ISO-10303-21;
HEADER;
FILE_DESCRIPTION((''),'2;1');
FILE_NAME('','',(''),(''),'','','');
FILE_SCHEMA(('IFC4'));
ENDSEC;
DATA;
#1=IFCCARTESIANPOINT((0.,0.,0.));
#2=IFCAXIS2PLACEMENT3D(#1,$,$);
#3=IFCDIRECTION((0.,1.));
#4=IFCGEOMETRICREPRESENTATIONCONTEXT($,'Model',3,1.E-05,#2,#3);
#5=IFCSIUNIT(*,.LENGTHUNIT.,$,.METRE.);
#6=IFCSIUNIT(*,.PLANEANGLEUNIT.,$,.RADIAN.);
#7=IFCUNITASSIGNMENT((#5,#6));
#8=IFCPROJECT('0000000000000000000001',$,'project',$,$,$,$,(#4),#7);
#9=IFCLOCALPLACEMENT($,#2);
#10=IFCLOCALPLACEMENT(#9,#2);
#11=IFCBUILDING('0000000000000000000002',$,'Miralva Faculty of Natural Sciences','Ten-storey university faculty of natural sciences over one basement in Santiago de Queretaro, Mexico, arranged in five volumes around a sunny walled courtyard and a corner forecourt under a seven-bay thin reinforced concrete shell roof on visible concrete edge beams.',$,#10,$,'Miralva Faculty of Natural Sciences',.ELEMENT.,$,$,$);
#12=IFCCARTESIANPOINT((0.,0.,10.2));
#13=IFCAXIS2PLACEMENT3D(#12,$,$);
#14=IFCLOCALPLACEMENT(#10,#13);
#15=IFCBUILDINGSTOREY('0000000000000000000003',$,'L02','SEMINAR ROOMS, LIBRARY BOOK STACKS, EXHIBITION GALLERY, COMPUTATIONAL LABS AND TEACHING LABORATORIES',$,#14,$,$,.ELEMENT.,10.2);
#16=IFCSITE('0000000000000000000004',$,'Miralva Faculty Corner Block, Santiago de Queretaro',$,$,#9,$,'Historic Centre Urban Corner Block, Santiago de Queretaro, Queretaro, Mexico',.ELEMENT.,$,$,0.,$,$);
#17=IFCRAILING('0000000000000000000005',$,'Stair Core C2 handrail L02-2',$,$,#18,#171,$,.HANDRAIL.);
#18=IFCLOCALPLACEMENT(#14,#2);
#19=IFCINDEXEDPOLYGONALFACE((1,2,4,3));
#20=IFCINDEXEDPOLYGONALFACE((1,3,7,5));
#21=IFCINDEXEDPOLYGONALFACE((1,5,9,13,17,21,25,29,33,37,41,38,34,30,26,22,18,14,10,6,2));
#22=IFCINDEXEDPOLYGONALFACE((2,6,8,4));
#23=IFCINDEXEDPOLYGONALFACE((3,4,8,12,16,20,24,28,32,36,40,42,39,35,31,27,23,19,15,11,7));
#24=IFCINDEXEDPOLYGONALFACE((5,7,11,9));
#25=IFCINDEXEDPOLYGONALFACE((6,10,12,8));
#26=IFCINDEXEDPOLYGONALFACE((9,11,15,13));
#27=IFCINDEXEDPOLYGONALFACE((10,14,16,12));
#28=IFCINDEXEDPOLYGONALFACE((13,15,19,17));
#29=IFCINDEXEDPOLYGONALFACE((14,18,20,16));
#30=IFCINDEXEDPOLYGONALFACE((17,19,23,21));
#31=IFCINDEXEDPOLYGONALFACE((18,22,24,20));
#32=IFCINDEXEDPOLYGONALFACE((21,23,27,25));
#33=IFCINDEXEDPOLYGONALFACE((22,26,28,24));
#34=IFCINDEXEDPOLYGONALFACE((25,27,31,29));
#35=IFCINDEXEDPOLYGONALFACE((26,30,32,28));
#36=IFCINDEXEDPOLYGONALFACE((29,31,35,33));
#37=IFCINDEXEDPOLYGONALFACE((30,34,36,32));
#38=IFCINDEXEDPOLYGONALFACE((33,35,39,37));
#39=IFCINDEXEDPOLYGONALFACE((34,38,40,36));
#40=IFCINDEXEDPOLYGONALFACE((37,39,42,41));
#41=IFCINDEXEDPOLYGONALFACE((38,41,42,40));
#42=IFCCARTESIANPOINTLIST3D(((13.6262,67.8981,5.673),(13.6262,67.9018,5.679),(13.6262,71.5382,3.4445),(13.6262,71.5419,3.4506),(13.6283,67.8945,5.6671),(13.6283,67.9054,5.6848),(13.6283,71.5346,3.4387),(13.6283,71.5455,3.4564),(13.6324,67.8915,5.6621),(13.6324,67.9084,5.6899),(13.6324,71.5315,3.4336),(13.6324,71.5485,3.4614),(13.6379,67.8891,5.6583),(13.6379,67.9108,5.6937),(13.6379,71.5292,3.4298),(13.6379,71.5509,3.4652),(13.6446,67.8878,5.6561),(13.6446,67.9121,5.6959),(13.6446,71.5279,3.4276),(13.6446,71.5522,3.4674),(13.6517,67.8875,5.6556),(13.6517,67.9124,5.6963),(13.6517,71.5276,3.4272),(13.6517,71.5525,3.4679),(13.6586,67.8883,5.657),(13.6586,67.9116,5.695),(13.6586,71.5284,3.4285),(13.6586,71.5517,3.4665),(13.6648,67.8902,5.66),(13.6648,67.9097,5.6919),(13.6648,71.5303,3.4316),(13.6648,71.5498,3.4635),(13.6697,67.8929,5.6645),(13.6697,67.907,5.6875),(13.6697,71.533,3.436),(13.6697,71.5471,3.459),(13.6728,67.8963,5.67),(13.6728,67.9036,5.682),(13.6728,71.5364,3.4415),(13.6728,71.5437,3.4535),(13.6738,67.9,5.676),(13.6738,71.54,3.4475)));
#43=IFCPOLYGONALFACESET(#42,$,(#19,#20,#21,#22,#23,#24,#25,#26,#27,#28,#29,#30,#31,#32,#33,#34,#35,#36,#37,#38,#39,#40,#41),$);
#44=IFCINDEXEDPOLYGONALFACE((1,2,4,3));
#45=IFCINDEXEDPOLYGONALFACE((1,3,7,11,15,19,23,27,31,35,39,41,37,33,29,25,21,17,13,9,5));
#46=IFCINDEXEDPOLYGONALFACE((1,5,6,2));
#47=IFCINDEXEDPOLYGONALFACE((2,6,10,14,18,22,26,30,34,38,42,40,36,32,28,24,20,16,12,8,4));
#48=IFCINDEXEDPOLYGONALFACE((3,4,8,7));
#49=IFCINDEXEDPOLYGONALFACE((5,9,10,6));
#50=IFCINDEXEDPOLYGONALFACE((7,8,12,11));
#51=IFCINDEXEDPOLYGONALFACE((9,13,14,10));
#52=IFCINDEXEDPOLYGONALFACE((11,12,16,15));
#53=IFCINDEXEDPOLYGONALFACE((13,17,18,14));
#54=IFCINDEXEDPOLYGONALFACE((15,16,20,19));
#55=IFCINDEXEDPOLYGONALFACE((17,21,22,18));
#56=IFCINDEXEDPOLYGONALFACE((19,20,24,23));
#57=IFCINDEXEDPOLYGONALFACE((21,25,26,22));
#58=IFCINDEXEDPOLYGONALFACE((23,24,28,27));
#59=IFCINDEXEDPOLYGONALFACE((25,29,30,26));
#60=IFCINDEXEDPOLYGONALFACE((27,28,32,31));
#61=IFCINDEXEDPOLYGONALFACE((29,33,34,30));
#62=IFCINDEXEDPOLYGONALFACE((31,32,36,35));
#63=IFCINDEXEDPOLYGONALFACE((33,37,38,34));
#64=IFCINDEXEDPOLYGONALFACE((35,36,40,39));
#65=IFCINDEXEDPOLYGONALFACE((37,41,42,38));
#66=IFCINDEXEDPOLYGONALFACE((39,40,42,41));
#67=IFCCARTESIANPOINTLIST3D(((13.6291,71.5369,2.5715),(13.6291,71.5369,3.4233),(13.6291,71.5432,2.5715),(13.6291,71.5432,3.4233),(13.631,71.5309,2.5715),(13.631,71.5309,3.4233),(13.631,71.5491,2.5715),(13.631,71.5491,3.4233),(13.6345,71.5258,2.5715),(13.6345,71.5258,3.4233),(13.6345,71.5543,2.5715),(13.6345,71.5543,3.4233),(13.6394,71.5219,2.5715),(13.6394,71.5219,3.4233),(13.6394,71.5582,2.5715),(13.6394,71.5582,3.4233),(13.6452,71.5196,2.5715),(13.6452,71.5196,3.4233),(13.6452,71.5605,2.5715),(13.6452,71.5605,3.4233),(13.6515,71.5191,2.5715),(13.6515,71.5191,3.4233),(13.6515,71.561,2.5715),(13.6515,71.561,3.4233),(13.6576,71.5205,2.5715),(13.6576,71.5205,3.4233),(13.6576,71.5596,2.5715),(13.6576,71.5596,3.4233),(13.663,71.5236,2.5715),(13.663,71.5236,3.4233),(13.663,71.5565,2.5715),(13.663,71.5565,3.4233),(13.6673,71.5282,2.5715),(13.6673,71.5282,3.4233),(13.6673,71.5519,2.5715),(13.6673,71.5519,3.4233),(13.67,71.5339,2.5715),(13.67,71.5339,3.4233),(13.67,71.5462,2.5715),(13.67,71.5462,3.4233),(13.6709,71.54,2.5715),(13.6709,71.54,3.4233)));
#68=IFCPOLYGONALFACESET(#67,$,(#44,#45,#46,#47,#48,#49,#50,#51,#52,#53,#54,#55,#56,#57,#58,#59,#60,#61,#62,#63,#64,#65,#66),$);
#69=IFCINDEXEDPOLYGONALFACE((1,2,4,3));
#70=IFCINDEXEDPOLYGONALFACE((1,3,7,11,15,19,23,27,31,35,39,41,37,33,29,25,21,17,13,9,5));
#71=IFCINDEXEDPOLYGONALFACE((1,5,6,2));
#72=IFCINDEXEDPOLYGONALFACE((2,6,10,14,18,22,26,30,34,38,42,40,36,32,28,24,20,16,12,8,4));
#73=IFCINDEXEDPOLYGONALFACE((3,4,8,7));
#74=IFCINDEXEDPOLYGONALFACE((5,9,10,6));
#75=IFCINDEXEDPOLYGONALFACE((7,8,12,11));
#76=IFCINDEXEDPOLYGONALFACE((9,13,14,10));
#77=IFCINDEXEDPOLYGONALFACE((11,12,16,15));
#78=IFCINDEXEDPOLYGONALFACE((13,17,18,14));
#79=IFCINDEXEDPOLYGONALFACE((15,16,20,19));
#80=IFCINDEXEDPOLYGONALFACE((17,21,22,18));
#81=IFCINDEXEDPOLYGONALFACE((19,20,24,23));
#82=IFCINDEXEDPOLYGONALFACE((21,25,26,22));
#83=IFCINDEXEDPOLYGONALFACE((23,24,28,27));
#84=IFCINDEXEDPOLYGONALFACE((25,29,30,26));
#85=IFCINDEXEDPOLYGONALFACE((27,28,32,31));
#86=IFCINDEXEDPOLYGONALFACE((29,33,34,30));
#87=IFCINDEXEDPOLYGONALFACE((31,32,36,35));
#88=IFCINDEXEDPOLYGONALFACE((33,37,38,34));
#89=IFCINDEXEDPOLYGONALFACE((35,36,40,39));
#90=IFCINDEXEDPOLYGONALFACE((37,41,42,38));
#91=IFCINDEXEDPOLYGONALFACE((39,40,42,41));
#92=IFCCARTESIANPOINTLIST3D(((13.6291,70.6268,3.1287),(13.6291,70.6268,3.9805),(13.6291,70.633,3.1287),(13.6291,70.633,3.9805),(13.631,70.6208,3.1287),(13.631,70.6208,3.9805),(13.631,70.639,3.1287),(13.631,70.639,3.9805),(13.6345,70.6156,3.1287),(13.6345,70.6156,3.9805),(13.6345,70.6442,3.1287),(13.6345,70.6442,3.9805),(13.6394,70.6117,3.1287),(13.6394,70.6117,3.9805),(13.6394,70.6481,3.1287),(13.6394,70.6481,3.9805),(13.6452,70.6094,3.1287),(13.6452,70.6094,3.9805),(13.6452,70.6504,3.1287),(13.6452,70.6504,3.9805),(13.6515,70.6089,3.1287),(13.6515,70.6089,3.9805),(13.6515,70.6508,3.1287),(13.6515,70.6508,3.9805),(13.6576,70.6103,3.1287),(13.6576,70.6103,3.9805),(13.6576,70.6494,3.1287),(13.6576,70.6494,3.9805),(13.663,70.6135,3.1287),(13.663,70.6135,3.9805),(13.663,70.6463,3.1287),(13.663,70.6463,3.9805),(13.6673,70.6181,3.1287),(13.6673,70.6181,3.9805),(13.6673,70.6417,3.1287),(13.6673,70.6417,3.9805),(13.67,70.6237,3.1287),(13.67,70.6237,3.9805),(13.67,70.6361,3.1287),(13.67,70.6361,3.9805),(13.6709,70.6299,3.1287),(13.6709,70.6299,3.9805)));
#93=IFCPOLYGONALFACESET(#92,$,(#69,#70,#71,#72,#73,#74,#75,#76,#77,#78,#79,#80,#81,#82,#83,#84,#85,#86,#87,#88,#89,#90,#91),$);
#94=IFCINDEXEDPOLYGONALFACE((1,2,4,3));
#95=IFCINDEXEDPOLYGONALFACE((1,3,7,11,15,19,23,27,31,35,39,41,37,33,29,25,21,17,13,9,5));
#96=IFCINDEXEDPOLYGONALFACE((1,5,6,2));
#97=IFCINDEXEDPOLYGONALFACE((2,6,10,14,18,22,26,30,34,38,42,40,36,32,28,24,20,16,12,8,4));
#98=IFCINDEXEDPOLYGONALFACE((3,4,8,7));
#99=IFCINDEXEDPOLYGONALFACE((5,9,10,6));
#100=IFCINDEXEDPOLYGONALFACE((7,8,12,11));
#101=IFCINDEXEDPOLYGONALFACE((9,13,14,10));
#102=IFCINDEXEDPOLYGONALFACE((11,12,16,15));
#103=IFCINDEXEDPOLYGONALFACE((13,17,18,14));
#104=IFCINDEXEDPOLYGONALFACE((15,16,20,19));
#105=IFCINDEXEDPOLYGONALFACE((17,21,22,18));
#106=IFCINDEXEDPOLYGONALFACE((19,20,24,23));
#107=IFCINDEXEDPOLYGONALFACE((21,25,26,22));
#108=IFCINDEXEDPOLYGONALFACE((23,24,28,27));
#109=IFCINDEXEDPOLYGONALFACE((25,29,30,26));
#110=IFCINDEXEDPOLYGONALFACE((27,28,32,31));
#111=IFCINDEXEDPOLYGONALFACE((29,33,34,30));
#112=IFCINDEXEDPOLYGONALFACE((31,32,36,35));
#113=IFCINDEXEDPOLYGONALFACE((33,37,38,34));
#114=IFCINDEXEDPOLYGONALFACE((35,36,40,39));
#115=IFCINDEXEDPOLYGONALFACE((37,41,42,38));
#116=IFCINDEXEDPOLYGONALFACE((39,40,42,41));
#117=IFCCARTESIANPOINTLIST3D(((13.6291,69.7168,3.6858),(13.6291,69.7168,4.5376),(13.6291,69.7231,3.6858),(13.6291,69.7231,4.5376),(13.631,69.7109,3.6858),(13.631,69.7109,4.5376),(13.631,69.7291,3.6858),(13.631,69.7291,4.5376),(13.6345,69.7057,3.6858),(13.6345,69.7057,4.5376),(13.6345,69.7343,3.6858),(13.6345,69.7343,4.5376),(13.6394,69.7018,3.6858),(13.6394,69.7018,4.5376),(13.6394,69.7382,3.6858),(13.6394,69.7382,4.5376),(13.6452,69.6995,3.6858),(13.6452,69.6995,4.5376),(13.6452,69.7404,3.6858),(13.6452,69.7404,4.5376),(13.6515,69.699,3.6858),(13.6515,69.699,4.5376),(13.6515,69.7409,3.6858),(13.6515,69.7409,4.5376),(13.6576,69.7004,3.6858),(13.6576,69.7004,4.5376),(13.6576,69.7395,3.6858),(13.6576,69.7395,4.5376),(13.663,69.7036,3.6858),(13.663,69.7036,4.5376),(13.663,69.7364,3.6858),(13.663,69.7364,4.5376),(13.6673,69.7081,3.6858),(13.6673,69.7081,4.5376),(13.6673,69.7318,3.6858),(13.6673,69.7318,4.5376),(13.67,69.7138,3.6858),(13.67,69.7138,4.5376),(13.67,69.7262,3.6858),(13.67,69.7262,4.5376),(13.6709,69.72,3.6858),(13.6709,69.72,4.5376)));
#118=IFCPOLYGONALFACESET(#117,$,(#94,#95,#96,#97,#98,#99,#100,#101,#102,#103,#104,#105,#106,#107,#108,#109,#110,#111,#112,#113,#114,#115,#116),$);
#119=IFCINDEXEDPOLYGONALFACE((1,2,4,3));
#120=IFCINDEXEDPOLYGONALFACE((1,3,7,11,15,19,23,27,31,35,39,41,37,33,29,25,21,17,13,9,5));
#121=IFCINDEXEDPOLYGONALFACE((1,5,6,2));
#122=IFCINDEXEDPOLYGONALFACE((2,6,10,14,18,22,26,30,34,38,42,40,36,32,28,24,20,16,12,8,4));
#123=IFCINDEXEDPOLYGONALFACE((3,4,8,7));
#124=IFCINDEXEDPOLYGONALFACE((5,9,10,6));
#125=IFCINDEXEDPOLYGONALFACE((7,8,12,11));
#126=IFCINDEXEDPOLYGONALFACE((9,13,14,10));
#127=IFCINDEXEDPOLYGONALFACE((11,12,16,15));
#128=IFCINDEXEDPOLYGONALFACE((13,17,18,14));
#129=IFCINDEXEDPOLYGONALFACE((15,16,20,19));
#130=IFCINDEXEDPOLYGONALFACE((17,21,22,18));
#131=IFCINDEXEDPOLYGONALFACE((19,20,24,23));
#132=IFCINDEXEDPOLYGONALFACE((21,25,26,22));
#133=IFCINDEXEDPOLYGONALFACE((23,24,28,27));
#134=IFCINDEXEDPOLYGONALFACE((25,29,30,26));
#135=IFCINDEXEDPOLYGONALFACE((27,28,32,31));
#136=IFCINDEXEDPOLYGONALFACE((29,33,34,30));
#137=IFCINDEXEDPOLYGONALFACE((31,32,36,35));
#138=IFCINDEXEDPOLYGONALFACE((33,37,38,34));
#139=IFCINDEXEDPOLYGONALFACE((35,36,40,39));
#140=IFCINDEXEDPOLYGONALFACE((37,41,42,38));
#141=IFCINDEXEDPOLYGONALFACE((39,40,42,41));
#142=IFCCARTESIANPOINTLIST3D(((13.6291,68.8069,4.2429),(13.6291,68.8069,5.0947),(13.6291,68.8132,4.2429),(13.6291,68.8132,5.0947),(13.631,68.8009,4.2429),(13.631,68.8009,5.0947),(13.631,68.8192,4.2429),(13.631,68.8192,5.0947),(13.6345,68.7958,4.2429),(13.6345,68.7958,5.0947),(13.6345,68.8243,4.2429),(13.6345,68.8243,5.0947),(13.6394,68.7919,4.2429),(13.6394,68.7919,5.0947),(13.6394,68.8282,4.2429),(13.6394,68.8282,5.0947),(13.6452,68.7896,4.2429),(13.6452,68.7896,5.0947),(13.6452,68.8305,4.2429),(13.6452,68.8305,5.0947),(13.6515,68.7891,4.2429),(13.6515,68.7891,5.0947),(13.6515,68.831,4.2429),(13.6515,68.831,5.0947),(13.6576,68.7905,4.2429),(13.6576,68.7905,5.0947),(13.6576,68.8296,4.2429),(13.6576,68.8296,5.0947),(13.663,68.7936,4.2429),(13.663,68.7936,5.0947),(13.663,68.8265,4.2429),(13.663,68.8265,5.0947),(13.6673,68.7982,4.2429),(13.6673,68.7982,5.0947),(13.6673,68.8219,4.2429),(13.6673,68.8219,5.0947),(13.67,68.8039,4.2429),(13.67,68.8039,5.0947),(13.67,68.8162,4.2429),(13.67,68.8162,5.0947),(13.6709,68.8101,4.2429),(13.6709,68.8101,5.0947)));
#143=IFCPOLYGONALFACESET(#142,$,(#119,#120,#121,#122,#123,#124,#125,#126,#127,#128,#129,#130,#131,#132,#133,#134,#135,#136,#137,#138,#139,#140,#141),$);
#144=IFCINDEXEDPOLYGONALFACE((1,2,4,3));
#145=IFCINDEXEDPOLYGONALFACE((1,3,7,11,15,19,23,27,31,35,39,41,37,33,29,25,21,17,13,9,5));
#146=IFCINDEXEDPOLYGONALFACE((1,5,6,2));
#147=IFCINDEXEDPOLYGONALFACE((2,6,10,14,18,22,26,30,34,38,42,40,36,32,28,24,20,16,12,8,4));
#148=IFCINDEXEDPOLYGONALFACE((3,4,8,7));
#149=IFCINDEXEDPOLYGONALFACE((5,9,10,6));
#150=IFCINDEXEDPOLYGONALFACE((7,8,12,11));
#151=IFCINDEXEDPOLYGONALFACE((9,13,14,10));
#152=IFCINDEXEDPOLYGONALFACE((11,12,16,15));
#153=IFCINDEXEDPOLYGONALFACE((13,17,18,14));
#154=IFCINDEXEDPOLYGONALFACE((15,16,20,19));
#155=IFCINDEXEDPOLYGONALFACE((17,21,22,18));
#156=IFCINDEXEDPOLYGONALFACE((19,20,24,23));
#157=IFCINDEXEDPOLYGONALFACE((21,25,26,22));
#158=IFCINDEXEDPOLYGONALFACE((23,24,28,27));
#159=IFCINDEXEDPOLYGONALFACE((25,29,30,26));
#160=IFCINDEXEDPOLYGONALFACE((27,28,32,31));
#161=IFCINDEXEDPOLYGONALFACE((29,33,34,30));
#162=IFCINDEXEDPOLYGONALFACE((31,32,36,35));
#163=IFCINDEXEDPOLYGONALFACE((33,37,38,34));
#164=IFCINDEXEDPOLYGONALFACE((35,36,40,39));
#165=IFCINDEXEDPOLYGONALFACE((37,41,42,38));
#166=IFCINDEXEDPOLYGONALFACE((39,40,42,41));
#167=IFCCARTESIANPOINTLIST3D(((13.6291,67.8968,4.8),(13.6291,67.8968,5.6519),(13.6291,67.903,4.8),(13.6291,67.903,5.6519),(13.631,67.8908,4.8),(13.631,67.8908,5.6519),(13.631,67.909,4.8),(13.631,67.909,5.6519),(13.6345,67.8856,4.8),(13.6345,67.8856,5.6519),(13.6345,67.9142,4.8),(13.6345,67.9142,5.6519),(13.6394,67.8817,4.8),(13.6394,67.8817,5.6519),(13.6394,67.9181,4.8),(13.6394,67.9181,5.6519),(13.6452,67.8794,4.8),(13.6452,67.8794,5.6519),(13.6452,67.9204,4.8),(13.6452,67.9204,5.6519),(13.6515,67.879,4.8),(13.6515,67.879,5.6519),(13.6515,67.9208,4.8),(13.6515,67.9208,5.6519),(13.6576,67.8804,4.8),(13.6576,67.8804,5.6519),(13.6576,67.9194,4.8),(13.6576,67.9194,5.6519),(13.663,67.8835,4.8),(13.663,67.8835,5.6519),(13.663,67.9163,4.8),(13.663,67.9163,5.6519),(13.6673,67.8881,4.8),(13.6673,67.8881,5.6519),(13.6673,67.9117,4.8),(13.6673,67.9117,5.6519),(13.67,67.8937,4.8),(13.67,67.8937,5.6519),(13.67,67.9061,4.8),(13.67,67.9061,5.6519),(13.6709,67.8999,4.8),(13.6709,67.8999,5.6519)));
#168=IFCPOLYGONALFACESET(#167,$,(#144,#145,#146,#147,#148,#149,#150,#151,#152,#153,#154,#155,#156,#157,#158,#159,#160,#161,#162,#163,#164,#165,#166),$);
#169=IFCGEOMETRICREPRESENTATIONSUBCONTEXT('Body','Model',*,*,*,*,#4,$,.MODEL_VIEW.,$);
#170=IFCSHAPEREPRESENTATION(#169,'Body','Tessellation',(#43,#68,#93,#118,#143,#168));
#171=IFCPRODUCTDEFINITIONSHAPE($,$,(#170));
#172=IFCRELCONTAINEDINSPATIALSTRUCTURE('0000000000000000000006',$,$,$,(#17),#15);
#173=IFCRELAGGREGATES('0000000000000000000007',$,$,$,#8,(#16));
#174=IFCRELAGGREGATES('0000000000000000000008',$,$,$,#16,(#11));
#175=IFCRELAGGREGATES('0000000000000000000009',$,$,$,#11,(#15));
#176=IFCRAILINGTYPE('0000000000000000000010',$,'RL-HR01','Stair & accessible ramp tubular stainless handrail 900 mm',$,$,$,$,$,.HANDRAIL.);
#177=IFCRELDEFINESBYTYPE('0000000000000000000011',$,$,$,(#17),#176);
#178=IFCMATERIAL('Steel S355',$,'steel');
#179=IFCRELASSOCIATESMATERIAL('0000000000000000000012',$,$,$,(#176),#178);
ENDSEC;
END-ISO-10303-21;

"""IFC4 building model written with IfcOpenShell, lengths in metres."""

from ifc_helpers import new_model, si_unit, direction, frame, origin, origin_2d, place, context, subcontext, project, spatial, circle, extrude, material, type_object, element, save


model = new_model("IFC4")

# Units and contexts
model_context = context("Model", 3, precision=1e-05, world=origin(), true_north=direction((0.0, 1.0)))
body_context = subcontext(model_context, "Body", "Model", "MODEL_VIEW")
ifc_project = project(units=[si_unit("LENGTHUNIT", "METRE"), si_unit("PLANEANGLEUNIT", "RADIAN")], contexts=[model_context])

# Site, building, storey
site_placement = place(None, origin())
site = spatial("IfcSite", under=ifc_project, at=site_placement, Name="Miralva Faculty Corner Block, Santiago de Queretaro", LongName="Historic Centre Urban Corner Block, Santiago de Queretaro, Queretaro, Mexico", CompositionType="ELEMENT", RefElevation=0.0)
building_placement = place(site_placement, origin())
building = spatial("IfcBuilding", under=site, at=building_placement, Name="Miralva Faculty of Natural Sciences", Description="Ten-storey university faculty of natural sciences over one basement in Santiago de Queretaro, Mexico, arranged in five volumes around a sunny walled courtyard and a corner forecourt under a seven-bay thin reinforced concrete shell roof on visible concrete edge beams.", LongName="Miralva Faculty of Natural Sciences", CompositionType="ELEMENT")
storey_placement = place(building_placement, frame((0.0, 0.0, 10.2)))
storey = spatial("IfcBuildingStorey", under=building, at=storey_placement, Name="L02", Description="SEMINAR ROOMS, LIBRARY BOOK STACKS, EXHIBITION GALLERY, COMPUTATIONAL LABS AND TEACHING LABORATORIES", CompositionType="ELEMENT", Elevation=10.2)

# Railing
ifc_material_1 = material(Name="Steel S355", Category="steel")
railing_type_1 = type_object("IfcRailingType", Name="RL-HR01", Description="Stair & accessible ramp tubular stainless handrail 900 mm", PredefinedType="HANDRAIL", material=ifc_material_1)
railing_1_placement = place(storey_placement, frame((13.6499, 71.54, 2.5715)))
element("IfcRailing", 1, at=railing_1_placement, inside=storey, type_object=railing_type_1, Name="Stair Core C2 handrail L02-2", PredefinedType="HANDRAIL", context=body_context, shape_type="SweptSolid", body=[
    extrude(circle(Radius=0.0239, at=origin_2d()), frame((0.0, 0.0, 0.876), z_axis=(0.0, -0.852866, 0.52213), x_axis=(1.0, 0.0, 0.0)), (0.0, 0.0, 1.0), 4.2681),
    extrude(circle(Radius=0.021, at=origin_2d()), origin(), (0.0, 0.0, 1.0), 0.8518),
    extrude(circle(Radius=0.021, at=origin_2d()), frame((0.0, -0.9102, 0.5571)), (0.0, 0.0, 1.0), 0.8518),
    extrude(circle(Radius=0.021, at=origin_2d()), frame((0.0, -1.8201, 1.1143)), (0.0, 0.0, 1.0), 0.8518),
    extrude(circle(Radius=0.021, at=origin_2d()), frame((0.0, -2.73, 1.6714)), (0.0, 0.0, 1.0), 0.8518),
    extrude(circle(Radius=0.021, at=origin_2d()), frame((0.0, -3.6401, 2.2285)), (0.0, 0.0, 1.0), 0.8518),
])

save(model, "model.ifc")
